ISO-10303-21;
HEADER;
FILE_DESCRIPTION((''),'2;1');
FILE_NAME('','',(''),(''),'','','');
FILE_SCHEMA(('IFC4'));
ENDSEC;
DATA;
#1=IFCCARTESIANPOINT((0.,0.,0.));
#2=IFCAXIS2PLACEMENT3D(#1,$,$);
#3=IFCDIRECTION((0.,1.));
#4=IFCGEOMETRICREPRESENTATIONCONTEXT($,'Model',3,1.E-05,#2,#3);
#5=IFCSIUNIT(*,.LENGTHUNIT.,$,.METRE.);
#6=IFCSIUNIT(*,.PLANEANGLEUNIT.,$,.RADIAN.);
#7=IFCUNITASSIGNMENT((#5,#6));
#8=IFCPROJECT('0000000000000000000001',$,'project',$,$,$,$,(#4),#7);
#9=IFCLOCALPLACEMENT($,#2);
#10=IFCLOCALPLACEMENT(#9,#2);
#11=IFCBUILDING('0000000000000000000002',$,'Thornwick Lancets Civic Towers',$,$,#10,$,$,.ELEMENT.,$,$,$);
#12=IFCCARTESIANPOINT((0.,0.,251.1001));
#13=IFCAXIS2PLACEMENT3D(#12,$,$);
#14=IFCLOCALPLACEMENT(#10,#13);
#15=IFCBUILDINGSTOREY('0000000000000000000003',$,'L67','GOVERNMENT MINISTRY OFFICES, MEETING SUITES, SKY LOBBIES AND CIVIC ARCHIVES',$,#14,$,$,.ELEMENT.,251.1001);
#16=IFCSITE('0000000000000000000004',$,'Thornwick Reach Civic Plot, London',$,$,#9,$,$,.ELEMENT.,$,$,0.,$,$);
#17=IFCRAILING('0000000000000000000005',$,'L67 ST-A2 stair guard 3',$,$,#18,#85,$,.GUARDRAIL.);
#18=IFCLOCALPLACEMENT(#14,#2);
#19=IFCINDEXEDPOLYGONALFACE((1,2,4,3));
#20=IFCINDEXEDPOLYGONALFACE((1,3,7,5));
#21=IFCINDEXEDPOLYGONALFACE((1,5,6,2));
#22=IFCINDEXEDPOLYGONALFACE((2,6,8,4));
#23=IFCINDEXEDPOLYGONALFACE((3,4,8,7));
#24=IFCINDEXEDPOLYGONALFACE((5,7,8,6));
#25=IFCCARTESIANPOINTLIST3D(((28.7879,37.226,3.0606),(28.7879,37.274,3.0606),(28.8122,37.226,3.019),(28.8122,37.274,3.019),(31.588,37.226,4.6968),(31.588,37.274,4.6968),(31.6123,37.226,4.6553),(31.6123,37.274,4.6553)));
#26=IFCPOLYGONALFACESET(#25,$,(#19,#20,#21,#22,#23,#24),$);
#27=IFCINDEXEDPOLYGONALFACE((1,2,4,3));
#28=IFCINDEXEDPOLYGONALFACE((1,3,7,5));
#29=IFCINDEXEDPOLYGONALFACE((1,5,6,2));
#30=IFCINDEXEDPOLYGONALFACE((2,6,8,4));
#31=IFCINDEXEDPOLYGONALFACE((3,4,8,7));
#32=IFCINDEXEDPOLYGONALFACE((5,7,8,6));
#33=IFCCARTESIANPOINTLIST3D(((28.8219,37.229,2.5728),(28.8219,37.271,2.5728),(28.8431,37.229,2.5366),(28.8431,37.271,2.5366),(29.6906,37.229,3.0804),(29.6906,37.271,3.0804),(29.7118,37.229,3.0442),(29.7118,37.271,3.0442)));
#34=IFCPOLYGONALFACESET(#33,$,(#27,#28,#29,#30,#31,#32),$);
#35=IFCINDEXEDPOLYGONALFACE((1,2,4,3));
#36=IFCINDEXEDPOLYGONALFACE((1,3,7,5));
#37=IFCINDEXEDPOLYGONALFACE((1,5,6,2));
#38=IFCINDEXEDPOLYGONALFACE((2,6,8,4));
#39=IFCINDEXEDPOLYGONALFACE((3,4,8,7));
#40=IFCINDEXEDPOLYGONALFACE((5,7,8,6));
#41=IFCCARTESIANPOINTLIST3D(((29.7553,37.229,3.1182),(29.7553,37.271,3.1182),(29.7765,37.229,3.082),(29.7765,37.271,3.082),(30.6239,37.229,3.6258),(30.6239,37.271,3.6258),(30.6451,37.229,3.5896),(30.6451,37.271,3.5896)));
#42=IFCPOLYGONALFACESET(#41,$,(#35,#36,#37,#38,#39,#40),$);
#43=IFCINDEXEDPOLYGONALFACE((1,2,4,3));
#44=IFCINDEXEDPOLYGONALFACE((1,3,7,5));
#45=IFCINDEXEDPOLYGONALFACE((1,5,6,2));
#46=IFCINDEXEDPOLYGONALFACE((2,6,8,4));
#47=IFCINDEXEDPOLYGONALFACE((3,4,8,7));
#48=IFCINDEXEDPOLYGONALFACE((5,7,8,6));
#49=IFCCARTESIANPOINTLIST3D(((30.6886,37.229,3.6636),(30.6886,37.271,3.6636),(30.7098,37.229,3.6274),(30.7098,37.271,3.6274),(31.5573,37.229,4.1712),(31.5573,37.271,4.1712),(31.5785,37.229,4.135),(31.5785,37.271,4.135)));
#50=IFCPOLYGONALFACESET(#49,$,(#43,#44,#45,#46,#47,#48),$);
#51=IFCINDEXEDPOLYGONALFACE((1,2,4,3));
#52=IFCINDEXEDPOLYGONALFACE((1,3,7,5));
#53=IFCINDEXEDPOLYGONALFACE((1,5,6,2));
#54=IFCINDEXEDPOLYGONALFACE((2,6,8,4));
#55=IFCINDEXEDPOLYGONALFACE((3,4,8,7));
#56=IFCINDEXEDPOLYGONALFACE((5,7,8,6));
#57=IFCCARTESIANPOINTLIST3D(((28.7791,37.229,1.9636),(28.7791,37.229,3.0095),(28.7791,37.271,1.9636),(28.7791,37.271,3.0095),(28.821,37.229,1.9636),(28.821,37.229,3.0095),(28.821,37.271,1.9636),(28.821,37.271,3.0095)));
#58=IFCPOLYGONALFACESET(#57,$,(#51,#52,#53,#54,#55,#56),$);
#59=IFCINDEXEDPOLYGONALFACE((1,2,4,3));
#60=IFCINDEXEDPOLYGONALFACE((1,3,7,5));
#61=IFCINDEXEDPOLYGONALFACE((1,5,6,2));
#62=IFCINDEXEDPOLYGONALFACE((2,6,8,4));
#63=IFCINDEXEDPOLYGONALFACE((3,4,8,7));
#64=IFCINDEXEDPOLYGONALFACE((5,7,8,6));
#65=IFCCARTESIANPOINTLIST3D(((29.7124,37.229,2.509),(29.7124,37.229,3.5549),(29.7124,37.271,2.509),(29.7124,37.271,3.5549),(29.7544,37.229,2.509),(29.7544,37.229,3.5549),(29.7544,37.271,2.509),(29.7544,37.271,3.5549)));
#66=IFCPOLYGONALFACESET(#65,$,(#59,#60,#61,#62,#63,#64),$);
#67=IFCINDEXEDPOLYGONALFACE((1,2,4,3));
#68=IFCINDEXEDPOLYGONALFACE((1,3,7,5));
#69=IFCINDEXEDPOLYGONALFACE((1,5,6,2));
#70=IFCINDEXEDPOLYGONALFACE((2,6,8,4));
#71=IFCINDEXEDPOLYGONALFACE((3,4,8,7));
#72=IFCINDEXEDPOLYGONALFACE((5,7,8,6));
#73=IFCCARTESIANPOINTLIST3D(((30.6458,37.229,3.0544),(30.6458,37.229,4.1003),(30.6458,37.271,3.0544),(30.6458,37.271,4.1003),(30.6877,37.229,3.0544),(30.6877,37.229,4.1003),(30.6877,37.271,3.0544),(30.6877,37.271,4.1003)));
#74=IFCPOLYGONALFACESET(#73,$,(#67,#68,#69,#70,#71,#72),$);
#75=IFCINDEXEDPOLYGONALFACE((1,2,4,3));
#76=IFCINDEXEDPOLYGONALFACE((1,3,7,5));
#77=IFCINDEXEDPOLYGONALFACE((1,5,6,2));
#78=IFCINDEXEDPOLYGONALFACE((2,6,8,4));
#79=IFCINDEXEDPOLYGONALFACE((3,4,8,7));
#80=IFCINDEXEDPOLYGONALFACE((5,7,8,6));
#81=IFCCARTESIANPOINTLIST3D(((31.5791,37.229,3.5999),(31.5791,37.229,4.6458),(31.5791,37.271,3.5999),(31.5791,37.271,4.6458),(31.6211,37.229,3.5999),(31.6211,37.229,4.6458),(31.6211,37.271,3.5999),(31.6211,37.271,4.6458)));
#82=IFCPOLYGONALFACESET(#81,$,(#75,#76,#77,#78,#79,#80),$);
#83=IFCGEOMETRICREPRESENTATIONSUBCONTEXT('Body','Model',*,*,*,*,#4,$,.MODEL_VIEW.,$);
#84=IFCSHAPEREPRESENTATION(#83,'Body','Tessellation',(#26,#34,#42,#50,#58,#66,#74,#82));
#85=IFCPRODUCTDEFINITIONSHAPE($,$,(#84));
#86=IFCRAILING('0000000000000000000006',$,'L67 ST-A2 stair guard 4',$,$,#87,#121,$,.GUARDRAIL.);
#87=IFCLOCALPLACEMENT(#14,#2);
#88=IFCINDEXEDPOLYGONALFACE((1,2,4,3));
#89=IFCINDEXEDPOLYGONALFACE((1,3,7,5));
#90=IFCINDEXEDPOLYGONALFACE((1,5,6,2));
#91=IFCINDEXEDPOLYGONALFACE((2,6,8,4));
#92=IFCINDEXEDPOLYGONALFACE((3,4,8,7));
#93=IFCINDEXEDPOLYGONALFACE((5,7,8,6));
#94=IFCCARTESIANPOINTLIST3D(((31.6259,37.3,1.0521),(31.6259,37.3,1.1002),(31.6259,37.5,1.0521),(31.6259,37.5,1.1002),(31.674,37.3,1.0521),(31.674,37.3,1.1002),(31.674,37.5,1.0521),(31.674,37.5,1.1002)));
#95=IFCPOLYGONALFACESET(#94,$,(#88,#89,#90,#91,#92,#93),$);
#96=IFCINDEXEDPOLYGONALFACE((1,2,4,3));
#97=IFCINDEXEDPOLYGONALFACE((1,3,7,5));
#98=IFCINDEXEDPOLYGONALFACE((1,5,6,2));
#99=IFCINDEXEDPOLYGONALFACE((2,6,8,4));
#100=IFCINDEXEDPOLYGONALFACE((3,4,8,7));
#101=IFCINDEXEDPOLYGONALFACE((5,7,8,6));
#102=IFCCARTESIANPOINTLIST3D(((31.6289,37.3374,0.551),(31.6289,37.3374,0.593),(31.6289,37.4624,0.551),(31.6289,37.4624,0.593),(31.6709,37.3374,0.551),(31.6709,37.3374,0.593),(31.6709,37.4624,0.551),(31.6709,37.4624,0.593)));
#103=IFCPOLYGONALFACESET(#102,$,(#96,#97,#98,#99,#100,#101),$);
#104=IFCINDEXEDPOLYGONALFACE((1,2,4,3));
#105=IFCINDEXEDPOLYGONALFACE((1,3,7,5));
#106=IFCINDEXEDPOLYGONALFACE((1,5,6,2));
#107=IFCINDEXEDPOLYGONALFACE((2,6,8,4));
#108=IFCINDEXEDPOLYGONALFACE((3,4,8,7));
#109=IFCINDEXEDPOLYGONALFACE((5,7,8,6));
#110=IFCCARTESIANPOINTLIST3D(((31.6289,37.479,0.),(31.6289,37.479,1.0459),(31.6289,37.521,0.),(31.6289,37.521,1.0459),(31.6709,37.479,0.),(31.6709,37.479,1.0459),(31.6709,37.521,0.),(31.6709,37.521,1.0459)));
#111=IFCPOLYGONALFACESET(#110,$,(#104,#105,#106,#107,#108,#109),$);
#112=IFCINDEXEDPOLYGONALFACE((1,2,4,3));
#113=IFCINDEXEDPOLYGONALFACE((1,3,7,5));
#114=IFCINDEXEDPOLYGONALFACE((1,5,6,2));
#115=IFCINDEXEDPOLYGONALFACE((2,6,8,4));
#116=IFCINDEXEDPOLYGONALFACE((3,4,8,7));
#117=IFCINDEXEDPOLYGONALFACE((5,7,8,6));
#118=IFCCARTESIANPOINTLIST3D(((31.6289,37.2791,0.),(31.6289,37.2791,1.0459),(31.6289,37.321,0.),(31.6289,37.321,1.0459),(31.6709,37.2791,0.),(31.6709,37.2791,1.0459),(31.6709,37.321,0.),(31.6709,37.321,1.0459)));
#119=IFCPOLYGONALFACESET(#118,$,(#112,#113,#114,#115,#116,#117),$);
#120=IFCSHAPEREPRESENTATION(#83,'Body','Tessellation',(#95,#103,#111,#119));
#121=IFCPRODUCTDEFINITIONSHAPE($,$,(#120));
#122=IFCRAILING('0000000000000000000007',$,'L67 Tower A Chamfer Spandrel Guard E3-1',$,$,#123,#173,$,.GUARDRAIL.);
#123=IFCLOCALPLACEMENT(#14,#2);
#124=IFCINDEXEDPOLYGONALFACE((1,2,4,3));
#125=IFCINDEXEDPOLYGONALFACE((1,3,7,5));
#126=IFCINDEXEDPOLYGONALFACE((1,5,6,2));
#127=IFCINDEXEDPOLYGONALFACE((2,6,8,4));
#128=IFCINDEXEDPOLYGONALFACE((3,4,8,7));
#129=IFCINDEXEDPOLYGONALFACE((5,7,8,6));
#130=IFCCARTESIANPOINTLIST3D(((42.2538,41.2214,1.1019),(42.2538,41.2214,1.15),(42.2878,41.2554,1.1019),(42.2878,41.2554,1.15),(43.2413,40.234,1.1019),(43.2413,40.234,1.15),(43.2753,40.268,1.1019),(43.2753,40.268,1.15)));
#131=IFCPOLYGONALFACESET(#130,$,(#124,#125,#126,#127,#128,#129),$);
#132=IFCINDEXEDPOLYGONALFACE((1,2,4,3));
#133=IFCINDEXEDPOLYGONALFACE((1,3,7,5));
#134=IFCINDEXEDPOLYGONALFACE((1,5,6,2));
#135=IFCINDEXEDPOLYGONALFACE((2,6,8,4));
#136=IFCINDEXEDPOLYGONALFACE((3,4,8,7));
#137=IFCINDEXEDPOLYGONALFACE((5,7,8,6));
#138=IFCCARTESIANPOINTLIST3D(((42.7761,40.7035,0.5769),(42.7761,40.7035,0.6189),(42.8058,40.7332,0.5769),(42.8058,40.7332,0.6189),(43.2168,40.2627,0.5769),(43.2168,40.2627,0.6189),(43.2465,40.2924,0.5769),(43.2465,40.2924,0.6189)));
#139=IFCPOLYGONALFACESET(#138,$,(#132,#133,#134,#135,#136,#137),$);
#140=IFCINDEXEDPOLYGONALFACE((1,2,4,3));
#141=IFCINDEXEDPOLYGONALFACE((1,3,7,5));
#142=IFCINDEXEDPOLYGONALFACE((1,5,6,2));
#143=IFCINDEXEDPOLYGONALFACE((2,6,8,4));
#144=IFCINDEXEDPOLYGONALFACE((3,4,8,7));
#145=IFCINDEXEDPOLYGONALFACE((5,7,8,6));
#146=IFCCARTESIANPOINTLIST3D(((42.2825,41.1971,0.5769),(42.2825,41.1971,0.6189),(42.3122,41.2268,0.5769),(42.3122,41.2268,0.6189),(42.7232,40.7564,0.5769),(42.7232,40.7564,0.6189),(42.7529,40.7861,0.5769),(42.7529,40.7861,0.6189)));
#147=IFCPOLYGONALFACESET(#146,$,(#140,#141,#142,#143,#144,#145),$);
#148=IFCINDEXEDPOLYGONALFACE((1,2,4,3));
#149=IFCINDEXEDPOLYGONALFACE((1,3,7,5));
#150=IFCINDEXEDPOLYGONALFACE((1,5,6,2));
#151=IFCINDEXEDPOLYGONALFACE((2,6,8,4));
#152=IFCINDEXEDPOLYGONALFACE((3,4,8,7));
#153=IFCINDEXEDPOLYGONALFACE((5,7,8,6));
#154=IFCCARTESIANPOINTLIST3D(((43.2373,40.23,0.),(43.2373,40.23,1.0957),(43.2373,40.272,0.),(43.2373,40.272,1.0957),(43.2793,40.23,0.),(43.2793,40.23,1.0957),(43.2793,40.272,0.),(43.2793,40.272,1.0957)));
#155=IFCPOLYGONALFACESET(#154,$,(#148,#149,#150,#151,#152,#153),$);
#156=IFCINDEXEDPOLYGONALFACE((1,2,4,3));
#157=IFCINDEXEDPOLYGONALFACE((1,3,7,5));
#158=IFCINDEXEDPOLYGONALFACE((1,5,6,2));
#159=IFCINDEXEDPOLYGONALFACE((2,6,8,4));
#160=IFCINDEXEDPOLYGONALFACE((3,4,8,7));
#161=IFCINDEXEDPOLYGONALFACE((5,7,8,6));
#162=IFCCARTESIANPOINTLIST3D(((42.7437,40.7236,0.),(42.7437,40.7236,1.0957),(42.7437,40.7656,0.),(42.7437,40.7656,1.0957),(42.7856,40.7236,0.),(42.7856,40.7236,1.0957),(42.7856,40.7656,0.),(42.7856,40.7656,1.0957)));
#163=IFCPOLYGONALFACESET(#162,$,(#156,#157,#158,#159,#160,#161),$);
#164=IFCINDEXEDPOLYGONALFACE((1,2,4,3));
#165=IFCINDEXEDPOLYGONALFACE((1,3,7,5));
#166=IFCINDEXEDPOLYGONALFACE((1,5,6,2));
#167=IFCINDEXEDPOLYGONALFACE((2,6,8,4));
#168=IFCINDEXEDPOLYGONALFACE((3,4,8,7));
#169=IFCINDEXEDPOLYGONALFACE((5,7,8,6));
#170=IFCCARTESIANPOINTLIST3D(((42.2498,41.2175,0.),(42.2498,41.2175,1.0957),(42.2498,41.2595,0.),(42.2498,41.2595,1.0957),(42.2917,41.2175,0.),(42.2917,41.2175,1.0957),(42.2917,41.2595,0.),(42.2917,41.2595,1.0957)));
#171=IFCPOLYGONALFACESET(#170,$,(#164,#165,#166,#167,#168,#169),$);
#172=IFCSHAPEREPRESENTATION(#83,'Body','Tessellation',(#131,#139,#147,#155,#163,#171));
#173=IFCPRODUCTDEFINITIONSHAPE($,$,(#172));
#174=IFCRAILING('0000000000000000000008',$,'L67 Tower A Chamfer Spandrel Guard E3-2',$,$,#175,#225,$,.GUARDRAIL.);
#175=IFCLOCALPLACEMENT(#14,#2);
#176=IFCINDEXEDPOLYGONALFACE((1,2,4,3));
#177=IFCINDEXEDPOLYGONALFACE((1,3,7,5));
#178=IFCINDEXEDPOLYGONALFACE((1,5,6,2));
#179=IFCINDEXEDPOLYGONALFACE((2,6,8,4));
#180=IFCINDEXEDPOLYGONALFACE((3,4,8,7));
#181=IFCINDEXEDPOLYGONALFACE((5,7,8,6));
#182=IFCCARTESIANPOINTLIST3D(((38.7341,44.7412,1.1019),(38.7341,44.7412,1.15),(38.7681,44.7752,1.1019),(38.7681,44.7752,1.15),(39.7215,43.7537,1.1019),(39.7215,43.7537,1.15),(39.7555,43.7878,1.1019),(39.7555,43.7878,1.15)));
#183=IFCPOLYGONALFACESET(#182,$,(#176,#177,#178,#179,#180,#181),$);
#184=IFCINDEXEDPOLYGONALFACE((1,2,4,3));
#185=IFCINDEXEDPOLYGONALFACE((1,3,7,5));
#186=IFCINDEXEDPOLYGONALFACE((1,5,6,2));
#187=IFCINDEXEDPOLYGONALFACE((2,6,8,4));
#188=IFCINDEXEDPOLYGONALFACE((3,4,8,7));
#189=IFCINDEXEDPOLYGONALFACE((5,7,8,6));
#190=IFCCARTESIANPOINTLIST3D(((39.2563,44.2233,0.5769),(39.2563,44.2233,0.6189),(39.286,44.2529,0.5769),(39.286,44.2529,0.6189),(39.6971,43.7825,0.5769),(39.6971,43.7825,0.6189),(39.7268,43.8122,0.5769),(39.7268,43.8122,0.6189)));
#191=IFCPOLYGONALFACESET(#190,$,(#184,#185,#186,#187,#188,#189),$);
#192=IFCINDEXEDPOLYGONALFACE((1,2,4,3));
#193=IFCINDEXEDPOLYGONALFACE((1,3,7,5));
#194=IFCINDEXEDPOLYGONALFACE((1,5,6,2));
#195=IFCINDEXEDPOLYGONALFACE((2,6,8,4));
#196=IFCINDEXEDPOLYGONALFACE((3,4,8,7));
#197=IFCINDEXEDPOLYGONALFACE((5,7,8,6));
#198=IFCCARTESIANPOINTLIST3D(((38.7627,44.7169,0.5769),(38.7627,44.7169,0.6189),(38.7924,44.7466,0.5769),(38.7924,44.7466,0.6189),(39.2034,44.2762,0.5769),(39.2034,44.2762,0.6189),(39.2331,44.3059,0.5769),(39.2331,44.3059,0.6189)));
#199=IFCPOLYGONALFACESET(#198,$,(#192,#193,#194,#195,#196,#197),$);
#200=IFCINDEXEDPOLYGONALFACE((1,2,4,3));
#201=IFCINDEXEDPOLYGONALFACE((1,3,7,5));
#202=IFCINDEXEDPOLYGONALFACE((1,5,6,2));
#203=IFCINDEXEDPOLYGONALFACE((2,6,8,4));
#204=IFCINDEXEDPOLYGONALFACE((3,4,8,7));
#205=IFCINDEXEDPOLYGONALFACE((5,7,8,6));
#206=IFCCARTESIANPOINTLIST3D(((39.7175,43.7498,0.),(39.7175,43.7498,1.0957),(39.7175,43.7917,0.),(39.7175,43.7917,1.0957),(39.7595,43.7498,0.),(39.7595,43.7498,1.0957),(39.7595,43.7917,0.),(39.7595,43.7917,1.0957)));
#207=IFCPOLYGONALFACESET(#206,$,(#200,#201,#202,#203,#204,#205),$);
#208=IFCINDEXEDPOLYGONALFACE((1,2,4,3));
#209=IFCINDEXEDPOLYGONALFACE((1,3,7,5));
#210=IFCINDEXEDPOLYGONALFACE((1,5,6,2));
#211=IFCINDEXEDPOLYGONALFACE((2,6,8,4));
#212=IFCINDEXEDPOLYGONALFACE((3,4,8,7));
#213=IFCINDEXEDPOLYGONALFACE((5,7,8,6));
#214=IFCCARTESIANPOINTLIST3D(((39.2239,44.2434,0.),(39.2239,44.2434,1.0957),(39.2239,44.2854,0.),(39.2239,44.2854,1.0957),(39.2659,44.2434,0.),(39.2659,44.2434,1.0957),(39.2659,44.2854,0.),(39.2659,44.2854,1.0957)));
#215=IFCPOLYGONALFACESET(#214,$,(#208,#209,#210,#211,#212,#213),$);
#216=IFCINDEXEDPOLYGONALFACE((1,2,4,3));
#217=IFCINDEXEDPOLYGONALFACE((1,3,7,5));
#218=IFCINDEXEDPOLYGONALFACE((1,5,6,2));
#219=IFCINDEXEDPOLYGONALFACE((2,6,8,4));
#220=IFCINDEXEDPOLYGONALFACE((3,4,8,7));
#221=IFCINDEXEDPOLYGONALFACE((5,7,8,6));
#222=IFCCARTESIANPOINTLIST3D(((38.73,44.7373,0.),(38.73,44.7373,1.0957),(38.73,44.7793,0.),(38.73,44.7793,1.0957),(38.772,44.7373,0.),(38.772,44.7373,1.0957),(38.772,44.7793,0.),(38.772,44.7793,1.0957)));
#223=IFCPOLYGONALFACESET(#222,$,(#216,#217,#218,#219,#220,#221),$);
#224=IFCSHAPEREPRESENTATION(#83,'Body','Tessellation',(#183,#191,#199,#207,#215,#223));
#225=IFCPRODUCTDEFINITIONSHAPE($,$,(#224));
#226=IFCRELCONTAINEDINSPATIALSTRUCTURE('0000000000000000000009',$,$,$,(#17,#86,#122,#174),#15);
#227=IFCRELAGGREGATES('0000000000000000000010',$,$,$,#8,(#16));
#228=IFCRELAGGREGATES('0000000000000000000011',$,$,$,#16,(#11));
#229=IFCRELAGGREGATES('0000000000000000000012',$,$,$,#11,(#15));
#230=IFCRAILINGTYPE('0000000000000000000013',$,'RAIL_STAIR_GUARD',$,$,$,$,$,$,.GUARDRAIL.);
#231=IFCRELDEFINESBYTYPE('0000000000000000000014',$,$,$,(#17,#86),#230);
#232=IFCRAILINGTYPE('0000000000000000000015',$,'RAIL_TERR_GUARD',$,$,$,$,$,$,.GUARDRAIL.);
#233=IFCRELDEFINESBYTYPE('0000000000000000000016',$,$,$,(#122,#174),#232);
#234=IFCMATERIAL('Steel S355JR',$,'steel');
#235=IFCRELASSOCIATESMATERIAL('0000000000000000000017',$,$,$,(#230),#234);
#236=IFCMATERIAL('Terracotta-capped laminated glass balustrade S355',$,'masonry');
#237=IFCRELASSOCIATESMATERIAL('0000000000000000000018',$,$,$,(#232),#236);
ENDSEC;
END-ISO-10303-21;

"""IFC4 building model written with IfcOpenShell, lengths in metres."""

from ifc_helpers import new_model, si_unit, direction, frame, origin, origin_2d, place, context, subcontext, project, spatial, rectangle, extrude, material, type_object, element, save


model = new_model("IFC4")

# Units and contexts
model_context = context("Model", 3, precision=1e-05, world=origin(), true_north=direction((0.0, 1.0)))
body_context = subcontext(model_context, "Body", "Model", "MODEL_VIEW")
ifc_project = project(units=[si_unit("LENGTHUNIT", "METRE"), si_unit("PLANEANGLEUNIT", "RADIAN")], contexts=[model_context])

# Site, building, storey
site_placement = place(None, origin())
site = spatial("IfcSite", under=ifc_project, at=site_placement, Name="Thornwick Reach Civic Plot, London", CompositionType="ELEMENT", RefElevation=0.0)
building_placement = place(site_placement, origin())
building = spatial("IfcBuilding", under=site, at=building_placement, Name="Thornwick Lancets Civic Towers", CompositionType="ELEMENT")
storey_placement = place(building_placement, frame((0.0, 0.0, 251.1001)))
storey = spatial("IfcBuildingStorey", under=building, at=storey_placement, Name="L67", Description="GOVERNMENT MINISTRY OFFICES, MEETING SUITES, SKY LOBBIES AND CIVIC ARCHIVES", CompositionType="ELEMENT", Elevation=251.1001)

# Shared definitions
ifc_material_1 = material(Name="Steel S355JR", Category="steel")

# Railings
railing_type_1 = type_object("IfcRailingType", Name="RAIL_STAIR_GUARD", PredefinedType="GUARDRAIL", material=ifc_material_1)
railing_1_placement = place(storey_placement, frame((28.8, 37.25, 1.9636)))
element("IfcRailing", 1, at=railing_1_placement, inside=storey, type_object=railing_type_1, Name="L67 ST-A2 stair guard 3", PredefinedType="GUARDRAIL", context=body_context, shape_type="SweptSolid", body=[
    extrude(rectangle(XDim=0.0481, YDim=0.0481, at=origin_2d()), frame((0.0, 0.0, 1.0762), z_axis=(0.863394, 0.0, 0.504531), x_axis=(0.0, 1.0, 0.0)), (0.0, 0.0, 1.0), 3.2432),
    extrude(rectangle(XDim=0.042, YDim=0.042, at=origin_2d()), frame((0.0325, 0.0, 0.5911), z_axis=(0.863394, 0.0, 0.504531), x_axis=(0.0, 1.0, 0.0)), (0.0, 0.0, 1.0), 1.0061),
    extrude(rectangle(XDim=0.042, YDim=0.042, at=origin_2d()), frame((0.9658, 0.0, 1.1365), z_axis=(0.863394, 0.0, 0.504531), x_axis=(0.0, 1.0, 0.0)), (0.0, 0.0, 1.0), 1.0061),
    extrude(rectangle(XDim=0.042, YDim=0.042, at=origin_2d()), frame((1.8992, 0.0, 1.6819), z_axis=(0.863394, 0.0, 0.504531), x_axis=(0.0, 1.0, 0.0)), (0.0, 0.0, 1.0), 1.0061),
    extrude(rectangle(XDim=0.042, YDim=0.042, at=origin_2d()), origin(), (0.0, 0.0, 1.0), 1.0459),
    extrude(rectangle(XDim=0.042, YDim=0.042, at=origin_2d()), frame((0.9333, 0.0, 0.5454)), (0.0, 0.0, 1.0), 1.0459),
    extrude(rectangle(XDim=0.042, YDim=0.042, at=origin_2d()), frame((1.8667, 0.0, 1.0908)), (0.0, 0.0, 1.0), 1.0459),
    extrude(rectangle(XDim=0.042, YDim=0.042, at=origin_2d()), frame((2.8, 0.0, 1.6362)), (0.0, 0.0, 1.0), 1.0459),
])
railing_2_placement = place(storey_placement, frame((31.6499, 37.5, 0.0)))
element("IfcRailing", 2, at=railing_2_placement, inside=storey, type_object=railing_type_1, Name="L67 ST-A2 stair guard 4", PredefinedType="GUARDRAIL", context=body_context, shape_type="SweptSolid", body=[
    extrude(rectangle(XDim=0.0481, YDim=0.0481, at=origin_2d()), frame((0.0, 0.0, 1.0762), z_axis=(0.0, -1.0, 0.0), x_axis=(1.0, 0.0, 0.0)), (0.0, 0.0, 1.0), 0.2),
    extrude(rectangle(XDim=0.042, YDim=0.042, at=origin_2d()), frame((0.0, -0.0376, 0.572), z_axis=(0.0, -1.0, 0.0), x_axis=(1.0, 0.0, 0.0)), (0.0, 0.0, 1.0), 0.125),
    extrude(rectangle(XDim=0.042, YDim=0.042, at=origin_2d()), origin(), (0.0, 0.0, 1.0), 1.0459),
    extrude(rectangle(XDim=0.042, YDim=0.042, at=origin_2d()), frame((0.0, -0.2, 0.0)), (0.0, 0.0, 1.0), 1.0459),
])
ifc_material_2 = material(Name="Terracotta-capped laminated glass balustrade S355", Category="masonry")
railing_type_2 = type_object("IfcRailingType", Name="RAIL_TERR_GUARD", PredefinedType="GUARDRAIL", material=ifc_material_2)
for number, where, name in (
    (3, (43.2583, 40.251, 0.0), "L67 Tower A Chamfer Spandrel Guard E3-1"),
    (4, (39.7385, 43.7708, 0.0), "L67 Tower A Chamfer Spandrel Guard E3-2"),
):
    element("IfcRailing", number, at=place(storey_placement, frame(where)), inside=storey, type_object=railing_type_2, Name=name, PredefinedType="GUARDRAIL", context=body_context, shape_type="SweptSolid", body=[
        extrude(rectangle(XDim=0.0481, YDim=0.0481, at=origin_2d()), frame((0.0, 0.0, 1.126), z_axis=(-0.707107, 0.707107, 0.0), x_axis=(-0.707107, -0.707107, 0.0)), (0.0, 0.0, 1.0), 1.3965),
        extrude(rectangle(XDim=0.042, YDim=0.042, at=origin_2d()), frame((-0.0266, 0.0266, 0.5979), z_axis=(-0.707107, 0.707107, 0.0), x_axis=(-0.707107, -0.707107, 0.0)), (0.0, 0.0, 1.0), 0.6233),
        extrude(rectangle(XDim=0.042, YDim=0.042, at=origin_2d()), frame((-0.5203, 0.5203, 0.5979), z_axis=(-0.707107, 0.707107, 0.0), x_axis=(-0.707107, -0.707107, 0.0)), (0.0, 0.0, 1.0), 0.6233),
        extrude(rectangle(XDim=0.042, YDim=0.042, at=origin_2d()), origin(), (0.0, 0.0, 1.0), 1.0957),
        extrude(rectangle(XDim=0.042, YDim=0.042, at=origin_2d()), frame((-0.4937, 0.4937, 0.0)), (0.0, 0.0, 1.0), 1.0957),
        extrude(rectangle(XDim=0.042, YDim=0.042, at=origin_2d()), frame((-0.9875, 0.9875, 0.0)), (0.0, 0.0, 1.0), 1.0957),
    ])

save(model, "model.ifc")
